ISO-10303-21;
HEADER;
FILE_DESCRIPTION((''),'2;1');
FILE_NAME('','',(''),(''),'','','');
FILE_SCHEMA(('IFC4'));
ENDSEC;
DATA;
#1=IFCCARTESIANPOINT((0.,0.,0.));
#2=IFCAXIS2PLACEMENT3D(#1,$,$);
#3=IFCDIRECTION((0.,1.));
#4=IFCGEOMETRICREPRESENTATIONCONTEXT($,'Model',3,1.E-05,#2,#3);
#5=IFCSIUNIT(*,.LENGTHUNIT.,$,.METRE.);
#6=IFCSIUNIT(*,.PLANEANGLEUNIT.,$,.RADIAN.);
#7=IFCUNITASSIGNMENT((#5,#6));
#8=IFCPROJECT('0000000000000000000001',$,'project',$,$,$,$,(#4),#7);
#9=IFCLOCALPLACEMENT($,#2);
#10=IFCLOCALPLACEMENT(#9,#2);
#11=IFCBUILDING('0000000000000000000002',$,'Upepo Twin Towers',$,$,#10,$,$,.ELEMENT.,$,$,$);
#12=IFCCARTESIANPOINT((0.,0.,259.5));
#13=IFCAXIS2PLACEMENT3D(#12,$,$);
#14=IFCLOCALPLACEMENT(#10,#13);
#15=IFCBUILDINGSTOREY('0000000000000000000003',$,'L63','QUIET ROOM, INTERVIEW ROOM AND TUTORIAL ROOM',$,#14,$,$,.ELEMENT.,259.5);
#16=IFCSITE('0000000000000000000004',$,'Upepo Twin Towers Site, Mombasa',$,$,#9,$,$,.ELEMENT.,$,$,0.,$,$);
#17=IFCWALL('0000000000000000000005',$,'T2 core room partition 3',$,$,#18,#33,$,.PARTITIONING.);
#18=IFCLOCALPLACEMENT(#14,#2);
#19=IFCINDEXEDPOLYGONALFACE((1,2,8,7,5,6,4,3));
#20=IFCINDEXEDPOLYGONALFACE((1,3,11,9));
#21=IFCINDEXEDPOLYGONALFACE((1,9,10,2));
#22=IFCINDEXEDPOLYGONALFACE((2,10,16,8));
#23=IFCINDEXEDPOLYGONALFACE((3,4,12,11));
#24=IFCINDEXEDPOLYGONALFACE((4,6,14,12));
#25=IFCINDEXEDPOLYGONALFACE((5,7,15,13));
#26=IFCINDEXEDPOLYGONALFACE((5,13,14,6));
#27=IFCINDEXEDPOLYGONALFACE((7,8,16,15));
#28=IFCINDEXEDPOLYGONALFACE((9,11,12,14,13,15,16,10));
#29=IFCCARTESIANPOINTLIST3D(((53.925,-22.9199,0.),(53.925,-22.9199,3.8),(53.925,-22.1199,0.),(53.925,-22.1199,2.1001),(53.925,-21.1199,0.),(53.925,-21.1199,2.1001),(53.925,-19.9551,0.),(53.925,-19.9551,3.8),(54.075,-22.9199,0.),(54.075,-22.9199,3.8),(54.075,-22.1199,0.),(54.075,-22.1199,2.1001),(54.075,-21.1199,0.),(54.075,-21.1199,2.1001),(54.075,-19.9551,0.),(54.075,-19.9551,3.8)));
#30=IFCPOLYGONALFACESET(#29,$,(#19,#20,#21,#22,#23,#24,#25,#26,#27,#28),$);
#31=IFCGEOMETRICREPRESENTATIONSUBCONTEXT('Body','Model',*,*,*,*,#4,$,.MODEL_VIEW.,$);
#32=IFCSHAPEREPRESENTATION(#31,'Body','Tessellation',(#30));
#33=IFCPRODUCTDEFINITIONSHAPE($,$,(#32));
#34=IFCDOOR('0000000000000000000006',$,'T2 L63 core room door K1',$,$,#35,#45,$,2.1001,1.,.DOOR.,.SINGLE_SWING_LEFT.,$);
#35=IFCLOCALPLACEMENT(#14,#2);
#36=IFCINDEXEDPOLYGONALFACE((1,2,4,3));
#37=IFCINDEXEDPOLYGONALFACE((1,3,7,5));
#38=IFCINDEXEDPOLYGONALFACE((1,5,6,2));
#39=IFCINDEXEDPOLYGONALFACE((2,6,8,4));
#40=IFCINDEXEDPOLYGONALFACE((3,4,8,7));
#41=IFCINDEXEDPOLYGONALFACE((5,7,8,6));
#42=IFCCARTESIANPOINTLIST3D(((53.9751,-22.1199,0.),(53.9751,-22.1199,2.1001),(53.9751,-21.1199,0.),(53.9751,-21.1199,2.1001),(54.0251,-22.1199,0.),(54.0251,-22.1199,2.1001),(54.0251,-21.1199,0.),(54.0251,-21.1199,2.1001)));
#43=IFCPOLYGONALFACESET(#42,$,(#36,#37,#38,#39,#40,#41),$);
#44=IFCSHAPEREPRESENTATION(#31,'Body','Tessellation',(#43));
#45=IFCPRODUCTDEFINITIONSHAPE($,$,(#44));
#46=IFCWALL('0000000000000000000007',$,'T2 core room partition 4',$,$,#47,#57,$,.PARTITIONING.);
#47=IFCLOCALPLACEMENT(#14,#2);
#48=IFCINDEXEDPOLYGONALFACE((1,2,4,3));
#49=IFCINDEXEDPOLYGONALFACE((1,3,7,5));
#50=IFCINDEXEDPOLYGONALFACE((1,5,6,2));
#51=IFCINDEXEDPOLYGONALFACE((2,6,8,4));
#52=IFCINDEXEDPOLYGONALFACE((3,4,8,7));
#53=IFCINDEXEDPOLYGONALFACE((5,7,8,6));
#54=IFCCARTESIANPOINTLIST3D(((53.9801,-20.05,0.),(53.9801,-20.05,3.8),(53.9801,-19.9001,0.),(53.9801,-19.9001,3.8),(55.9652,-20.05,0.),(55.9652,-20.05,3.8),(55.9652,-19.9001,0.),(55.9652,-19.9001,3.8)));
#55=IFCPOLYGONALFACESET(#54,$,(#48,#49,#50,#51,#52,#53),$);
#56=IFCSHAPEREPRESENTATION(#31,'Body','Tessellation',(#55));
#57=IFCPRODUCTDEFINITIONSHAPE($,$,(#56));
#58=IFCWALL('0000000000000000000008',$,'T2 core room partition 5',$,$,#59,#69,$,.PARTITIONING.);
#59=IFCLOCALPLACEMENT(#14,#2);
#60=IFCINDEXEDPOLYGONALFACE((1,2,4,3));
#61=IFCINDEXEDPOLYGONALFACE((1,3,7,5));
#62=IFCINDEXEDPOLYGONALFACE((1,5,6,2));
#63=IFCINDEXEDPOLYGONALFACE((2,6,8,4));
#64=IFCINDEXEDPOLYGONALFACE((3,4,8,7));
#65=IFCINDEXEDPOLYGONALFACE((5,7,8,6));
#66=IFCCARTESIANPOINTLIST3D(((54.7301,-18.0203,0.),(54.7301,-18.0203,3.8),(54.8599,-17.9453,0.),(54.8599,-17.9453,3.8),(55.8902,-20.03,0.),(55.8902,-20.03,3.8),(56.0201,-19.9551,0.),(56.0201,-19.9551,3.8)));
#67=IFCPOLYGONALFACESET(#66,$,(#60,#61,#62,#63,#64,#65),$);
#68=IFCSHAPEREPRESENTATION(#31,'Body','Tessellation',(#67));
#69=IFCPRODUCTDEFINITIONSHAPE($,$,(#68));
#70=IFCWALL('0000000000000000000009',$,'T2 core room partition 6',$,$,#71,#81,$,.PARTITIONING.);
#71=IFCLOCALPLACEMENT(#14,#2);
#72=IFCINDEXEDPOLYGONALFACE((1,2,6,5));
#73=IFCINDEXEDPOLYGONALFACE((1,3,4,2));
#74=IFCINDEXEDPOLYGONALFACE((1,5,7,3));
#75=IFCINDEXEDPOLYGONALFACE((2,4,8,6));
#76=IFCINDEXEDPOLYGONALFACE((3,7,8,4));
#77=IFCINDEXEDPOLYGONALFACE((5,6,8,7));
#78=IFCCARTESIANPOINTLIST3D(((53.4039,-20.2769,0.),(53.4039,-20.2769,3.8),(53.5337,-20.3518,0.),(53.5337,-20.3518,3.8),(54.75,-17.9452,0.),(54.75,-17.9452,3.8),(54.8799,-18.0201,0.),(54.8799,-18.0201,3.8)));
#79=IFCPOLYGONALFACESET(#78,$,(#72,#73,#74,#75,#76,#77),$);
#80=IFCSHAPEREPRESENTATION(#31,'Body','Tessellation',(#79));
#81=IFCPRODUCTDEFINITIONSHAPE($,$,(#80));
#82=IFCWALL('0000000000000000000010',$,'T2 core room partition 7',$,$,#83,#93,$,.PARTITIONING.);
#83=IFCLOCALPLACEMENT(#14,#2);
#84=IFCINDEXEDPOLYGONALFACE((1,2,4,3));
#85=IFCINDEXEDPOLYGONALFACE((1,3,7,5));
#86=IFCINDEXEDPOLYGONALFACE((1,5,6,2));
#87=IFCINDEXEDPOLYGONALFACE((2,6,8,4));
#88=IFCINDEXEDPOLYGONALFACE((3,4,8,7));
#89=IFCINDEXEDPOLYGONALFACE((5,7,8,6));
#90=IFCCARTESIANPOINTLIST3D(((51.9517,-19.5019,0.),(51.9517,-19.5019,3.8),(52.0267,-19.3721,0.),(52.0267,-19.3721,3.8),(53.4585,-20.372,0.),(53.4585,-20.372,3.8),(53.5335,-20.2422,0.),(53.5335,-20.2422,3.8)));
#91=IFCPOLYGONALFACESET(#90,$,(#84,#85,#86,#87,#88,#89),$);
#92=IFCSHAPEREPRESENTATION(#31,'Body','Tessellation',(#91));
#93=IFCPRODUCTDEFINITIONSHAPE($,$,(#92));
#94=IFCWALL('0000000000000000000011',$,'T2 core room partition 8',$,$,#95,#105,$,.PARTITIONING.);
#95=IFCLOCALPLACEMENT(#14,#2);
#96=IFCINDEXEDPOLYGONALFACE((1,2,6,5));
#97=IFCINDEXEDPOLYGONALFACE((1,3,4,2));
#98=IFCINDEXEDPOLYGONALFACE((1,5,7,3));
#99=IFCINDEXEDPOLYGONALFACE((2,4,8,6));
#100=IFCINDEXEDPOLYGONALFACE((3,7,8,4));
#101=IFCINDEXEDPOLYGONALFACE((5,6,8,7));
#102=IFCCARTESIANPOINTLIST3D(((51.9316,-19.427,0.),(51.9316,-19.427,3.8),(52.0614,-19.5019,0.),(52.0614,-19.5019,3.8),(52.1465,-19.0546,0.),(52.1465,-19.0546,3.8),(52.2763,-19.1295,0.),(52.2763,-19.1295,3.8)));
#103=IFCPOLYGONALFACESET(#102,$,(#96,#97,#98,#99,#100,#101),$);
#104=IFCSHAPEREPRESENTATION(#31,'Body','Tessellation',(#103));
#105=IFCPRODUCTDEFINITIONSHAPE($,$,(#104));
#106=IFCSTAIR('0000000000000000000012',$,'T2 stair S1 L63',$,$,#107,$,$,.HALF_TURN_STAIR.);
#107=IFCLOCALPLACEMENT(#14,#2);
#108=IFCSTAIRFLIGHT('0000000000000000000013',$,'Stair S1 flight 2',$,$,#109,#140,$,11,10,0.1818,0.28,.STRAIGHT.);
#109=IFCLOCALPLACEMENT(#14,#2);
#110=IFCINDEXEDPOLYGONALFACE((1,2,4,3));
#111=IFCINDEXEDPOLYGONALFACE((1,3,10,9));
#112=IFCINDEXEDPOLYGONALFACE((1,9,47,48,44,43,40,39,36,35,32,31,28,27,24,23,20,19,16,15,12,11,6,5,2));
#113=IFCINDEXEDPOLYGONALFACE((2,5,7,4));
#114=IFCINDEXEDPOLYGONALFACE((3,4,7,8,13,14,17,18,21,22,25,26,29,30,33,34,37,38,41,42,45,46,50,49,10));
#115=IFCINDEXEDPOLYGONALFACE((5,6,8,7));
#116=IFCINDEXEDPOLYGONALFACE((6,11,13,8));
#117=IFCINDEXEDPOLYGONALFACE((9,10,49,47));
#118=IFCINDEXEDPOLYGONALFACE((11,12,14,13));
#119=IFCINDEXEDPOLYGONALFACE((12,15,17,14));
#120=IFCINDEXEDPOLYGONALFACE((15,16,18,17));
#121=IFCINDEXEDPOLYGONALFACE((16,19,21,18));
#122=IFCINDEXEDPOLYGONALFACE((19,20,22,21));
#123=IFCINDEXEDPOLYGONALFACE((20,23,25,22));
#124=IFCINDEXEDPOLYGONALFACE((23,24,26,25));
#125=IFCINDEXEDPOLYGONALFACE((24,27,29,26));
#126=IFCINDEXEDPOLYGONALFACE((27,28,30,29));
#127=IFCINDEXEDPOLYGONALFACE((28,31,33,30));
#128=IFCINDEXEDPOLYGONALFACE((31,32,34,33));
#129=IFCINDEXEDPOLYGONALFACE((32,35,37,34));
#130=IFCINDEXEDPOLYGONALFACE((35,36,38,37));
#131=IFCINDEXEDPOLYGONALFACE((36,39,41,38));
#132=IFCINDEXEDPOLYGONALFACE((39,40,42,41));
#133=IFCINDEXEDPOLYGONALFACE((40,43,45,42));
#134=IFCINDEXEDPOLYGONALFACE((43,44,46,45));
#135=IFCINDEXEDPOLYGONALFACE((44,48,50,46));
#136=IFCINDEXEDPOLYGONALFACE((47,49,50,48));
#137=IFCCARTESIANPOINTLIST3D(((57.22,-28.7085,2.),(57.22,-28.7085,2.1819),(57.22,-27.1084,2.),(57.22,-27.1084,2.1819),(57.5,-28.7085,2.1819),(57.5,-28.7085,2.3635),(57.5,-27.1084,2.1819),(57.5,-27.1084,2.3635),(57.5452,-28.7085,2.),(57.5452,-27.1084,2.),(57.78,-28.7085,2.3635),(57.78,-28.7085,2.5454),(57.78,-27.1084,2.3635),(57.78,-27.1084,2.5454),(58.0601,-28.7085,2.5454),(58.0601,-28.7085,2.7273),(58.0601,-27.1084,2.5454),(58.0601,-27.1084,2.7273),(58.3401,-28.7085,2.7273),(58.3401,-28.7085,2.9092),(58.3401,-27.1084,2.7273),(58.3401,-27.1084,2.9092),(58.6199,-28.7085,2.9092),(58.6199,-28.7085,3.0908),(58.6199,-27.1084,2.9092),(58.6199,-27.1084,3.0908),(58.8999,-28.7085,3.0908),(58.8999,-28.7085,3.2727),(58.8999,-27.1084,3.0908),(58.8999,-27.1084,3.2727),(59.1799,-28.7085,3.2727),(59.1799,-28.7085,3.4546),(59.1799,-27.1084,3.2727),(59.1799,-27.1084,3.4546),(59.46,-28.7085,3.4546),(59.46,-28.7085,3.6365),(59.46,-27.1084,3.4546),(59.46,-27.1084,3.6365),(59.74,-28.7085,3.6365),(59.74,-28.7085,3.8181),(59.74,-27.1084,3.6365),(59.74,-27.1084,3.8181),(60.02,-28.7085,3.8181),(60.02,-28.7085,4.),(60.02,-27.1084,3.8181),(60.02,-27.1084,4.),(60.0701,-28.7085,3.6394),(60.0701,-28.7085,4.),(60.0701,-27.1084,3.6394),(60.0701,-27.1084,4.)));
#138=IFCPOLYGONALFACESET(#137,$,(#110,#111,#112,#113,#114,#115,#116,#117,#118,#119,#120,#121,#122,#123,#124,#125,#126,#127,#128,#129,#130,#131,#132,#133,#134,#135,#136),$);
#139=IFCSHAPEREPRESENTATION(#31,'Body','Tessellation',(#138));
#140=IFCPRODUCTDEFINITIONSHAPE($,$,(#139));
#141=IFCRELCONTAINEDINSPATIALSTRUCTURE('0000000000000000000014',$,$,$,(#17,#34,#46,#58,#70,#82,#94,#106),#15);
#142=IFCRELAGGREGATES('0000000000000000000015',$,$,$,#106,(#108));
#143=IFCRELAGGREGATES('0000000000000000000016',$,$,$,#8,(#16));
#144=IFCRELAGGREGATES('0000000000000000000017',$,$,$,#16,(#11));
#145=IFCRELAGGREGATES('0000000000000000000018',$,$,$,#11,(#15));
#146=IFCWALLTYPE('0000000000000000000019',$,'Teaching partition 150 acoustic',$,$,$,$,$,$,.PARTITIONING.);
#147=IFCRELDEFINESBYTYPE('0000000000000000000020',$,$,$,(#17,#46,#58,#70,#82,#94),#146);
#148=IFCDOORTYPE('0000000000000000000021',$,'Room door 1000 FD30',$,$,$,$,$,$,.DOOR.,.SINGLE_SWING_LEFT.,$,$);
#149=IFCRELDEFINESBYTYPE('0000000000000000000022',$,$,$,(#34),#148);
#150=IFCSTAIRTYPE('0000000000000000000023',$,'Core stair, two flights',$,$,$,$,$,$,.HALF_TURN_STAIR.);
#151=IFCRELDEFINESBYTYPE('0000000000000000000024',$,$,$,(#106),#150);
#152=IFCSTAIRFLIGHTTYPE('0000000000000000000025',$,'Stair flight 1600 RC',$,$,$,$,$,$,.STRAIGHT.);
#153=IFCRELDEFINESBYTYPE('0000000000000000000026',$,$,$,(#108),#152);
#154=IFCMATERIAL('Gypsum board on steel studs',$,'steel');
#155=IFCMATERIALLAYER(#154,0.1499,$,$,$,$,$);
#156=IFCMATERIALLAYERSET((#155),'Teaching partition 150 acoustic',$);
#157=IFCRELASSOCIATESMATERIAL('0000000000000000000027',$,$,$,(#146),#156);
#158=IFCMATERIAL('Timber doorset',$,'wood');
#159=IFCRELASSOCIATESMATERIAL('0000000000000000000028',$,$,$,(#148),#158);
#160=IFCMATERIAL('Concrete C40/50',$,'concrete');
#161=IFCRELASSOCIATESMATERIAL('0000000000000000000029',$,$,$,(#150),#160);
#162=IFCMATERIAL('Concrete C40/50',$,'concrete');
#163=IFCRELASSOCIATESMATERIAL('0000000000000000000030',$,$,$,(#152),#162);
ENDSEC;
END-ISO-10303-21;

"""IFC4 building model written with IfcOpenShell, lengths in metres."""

from ifc_helpers import new_model, si_unit, direction, frame, frame_2d, origin, place, context, subcontext, project, spatial, polyline, rectangle, outline, extrude, material, layer, layer_set, type_object, element, fill, aggregate, save


model = new_model("IFC4")

# Units and contexts
model_context = context("Model", 3, precision=1e-05, world=origin(), true_north=direction((0.0, 1.0)))
body_context = subcontext(model_context, "Body", "Model", "MODEL_VIEW")
ifc_project = project(units=[si_unit("LENGTHUNIT", "METRE"), si_unit("PLANEANGLEUNIT", "RADIAN")], contexts=[model_context])

# Site, building, storey
site_placement = place(None, origin())
site = spatial("IfcSite", under=ifc_project, at=site_placement, Name="Upepo Twin Towers Site, Mombasa", CompositionType="ELEMENT", RefElevation=0.0)
building_placement = place(site_placement, origin())
building = spatial("IfcBuilding", under=site, at=building_placement, Name="Upepo Twin Towers", CompositionType="ELEMENT")
storey_placement = place(building_placement, frame((0.0, 0.0, 259.5)))
storey = spatial("IfcBuildingStorey", under=building, at=storey_placement, Name="L63", Description="QUIET ROOM, INTERVIEW ROOM AND TUTORIAL ROOM", CompositionType="ELEMENT", Elevation=259.5)

# Shared definitions
ifc_material_1 = material(Name="Gypsum board on steel studs", Category="steel")
ifc_layer_1 = layer(ifc_material_1, 0.1499)
ifc_layer_set_1 = layer_set([ifc_layer_1], Name="Teaching partition 150 acoustic")
wall_type_1 = type_object("IfcWallType", Name="Teaching partition 150 acoustic", PredefinedType="PARTITIONING", material=ifc_layer_set_1)

# Wall, opening, door
wall_1_placement = place(storey_placement, frame((54.0, -22.9199, 0.0), z_axis=(0.0, 0.0, 1.0), x_axis=(0.0, 1.0, 0.0)))
wall_1 = element("IfcWall", 1, at=wall_1_placement, inside=storey, type_object=wall_type_1, Name="T2 core room partition 3", PredefinedType="PARTITIONING", context=body_context, shape_type="SweptSolid", body=[
    extrude(rectangle(XDim=2.9648, YDim=0.1499, at=frame_2d((1.4824, 0.0))), origin(), (0.0, 0.0, 1.0), 3.8),
])
opening_1_placement = place(wall_1_placement, frame((0.8, 0.0, 0.0)))
opening_1 = element("IfcOpeningElement", 2, at=opening_1_placement, cuts=wall_1, PredefinedType="OPENING", context=body_context, shape_type="SweptSolid", body=[
    extrude(rectangle(XDim=1.0, YDim=2.1001, at=frame_2d((0.5, 1.05))), frame((0.0, 0.085, 0.0), z_axis=(0.0, -1.0, 0.0), x_axis=(1.0, 0.0, 0.0)), (0.0, 0.0, 1.0), 0.1699),
])
ifc_material_2 = material(Name="Timber doorset", Category="wood")
door_type_1 = type_object("IfcDoorType", Name="Room door 1000 FD30", OperationType="SINGLE_SWING_LEFT", PredefinedType="DOOR", material=ifc_material_2)
door_1_placement = place(opening_1_placement, origin())
door_1 = element("IfcDoor", 3, at=door_1_placement, inside=storey, type_object=door_type_1, Name="T2 L63 core room door K1", OperationType="SINGLE_SWING_LEFT", OverallHeight=2.1001, OverallWidth=1.0, PredefinedType="DOOR", context=body_context, shape_type="SweptSolid", body=[
    extrude(rectangle(XDim=1.0, YDim=2.1001, at=frame_2d((0.5, 1.05))), frame((0.0, 0.0249, 0.0), z_axis=(0.0, -1.0, 0.0), x_axis=(1.0, 0.0, 0.0)), (0.0, 0.0, 1.0), 0.05),
])
fill(opening_1, door_1)

# Walls
wall_2_placement = place(storey_placement, frame((53.98, -19.9751, 0.0), z_axis=(0.0, 0.0, 1.0), x_axis=(1.0, 0.0, 0.0)))
element("IfcWall", 4, at=wall_2_placement, inside=storey, type_object=wall_type_1, Name="T2 core room partition 4", PredefinedType="PARTITIONING", context=body_context, shape_type="SweptSolid", body=[
    extrude(rectangle(XDim=1.9851, YDim=0.1499, at=frame_2d((0.9927, 0.0))), origin(), (0.0, 0.0, 1.0), 3.8),
])
wall_3_placement = place(storey_placement, frame((55.9551, -19.9924, 0.0), z_axis=(0.0, 0.0, 1.0), x_axis=(-0.499941, 0.866059, 0.0)))
element("IfcWall", 5, at=wall_3_placement, inside=storey, type_object=wall_type_1, Name="T2 core room partition 5", PredefinedType="PARTITIONING", context=body_context, shape_type="SweptSolid", body=[
    extrude(rectangle(XDim=2.3206, YDim=0.1499, at=frame_2d((1.1602, 0.0))), origin(), (0.0, 0.0, 1.0), 3.8),
])
wall_4_placement = place(storey_placement, frame((54.8149, -17.9827, 0.0), z_axis=(0.0, 0.0, 1.0), x_axis=(-0.499981, -0.866036, 0.0)))
element("IfcWall", 6, at=wall_4_placement, inside=storey, type_object=wall_type_1, Name="T2 core room partition 6", PredefinedType="PARTITIONING", context=body_context, shape_type="SweptSolid", body=[
    extrude(rectangle(XDim=2.6924, YDim=0.1499, at=frame_2d((1.3462, 0.0))), origin(), (0.0, 0.0, 1.0), 3.8),
])
wall_5_placement = place(storey_placement, frame((53.4961, -20.3071, 0.0), z_axis=(0.0, 0.0, 1.0), x_axis=(-0.865989, 0.500063, 0.0)))
element("IfcWall", 7, at=wall_5_placement, inside=storey, type_object=wall_type_1, Name="T2 core room partition 7", PredefinedType="PARTITIONING", context=body_context, shape_type="SweptSolid", body=[
    extrude(rectangle(XDim=1.74, YDim=0.1499, at=frame_2d((0.8701, 0.0))), origin(), (0.0, 0.0, 1.0), 3.8),
])
wall_6_placement = place(storey_placement, frame((51.9966, -19.4644, 0.0), z_axis=(0.0, 0.0, 1.0), x_axis=(0.499804, 0.866138, 0.0)))
element("IfcWall", 8, at=wall_6_placement, inside=storey, type_object=wall_type_1, Name="T2 core room partition 8", PredefinedType="PARTITIONING", context=body_context, shape_type="SweptSolid", body=[
    extrude(rectangle(XDim=0.4299, YDim=0.1499, at=frame_2d((0.2148, 0.0))), origin(), (0.0, 0.0, 1.0), 3.8),
])

# Stair, stair flight
ifc_material_3 = material(Name="Concrete C40/50", Category="concrete")
stair_type = type_object("IfcStairType", Name="Core stair, two flights", PredefinedType="HALF_TURN_STAIR", material=ifc_material_3)
stair_placement = place(storey_placement, origin())
stair = element("IfcStair", 9, at=stair_placement, inside=storey, type_object=stair_type, Name="T2 stair S1 L63", PredefinedType="HALF_TURN_STAIR")
ifc_material_4 = material(Name="Concrete C40/50", Category="concrete")
stair_flight_type = type_object("IfcStairFlightType", Name="Stair flight 1600 RC", PredefinedType="STRAIGHT", material=ifc_material_4)
stair_flight_placement = place(storey_placement, frame((57.22, -27.9084, 2.0), z_axis=(0.0, 0.0, 1.0), x_axis=(1.0, 0.0, 0.0)))
stair_flight = element("IfcStairFlight", 10, at=stair_flight_placement, type_object=stair_flight_type, Name="Stair S1 flight 2", NumberOfRisers=11, NumberOfTreads=10, PredefinedType="STRAIGHT", RiserHeight=0.1818, TreadLength=0.28, context=body_context, shape_type="SweptSolid", body=[
    extrude(outline(polyline([(0.0, 0.0), (0.0, 0.1819), (0.28, 0.1819), (0.28, 0.3635), (0.5601, 0.3635), (0.5601, 0.5454), (0.8401, 0.5454), (0.8401, 0.7273), (1.1201, 0.7273), (1.1201, 0.9092), (1.3999, 0.9092), (1.3999, 1.0908), (1.6799, 1.0908), (1.6799, 1.2727), (1.96, 1.2727), (1.96, 1.4546), (2.24, 1.4546), (2.24, 1.6365), (2.52, 1.6365), (2.52, 1.8181), (2.8, 1.8181), (2.8, 2.0), (2.8501, 2.0), (2.8501, 1.6394), (0.3252, 0.0), (0.0, 0.0)])), frame((0.0, 0.8, 0.0), z_axis=(0.0, -1.0, 0.0), x_axis=(1.0, 0.0, 0.0)), (0.0, 0.0, 1.0), 1.6001),
])
aggregate(stair, [stair_flight])

save(model, "model.ifc")
